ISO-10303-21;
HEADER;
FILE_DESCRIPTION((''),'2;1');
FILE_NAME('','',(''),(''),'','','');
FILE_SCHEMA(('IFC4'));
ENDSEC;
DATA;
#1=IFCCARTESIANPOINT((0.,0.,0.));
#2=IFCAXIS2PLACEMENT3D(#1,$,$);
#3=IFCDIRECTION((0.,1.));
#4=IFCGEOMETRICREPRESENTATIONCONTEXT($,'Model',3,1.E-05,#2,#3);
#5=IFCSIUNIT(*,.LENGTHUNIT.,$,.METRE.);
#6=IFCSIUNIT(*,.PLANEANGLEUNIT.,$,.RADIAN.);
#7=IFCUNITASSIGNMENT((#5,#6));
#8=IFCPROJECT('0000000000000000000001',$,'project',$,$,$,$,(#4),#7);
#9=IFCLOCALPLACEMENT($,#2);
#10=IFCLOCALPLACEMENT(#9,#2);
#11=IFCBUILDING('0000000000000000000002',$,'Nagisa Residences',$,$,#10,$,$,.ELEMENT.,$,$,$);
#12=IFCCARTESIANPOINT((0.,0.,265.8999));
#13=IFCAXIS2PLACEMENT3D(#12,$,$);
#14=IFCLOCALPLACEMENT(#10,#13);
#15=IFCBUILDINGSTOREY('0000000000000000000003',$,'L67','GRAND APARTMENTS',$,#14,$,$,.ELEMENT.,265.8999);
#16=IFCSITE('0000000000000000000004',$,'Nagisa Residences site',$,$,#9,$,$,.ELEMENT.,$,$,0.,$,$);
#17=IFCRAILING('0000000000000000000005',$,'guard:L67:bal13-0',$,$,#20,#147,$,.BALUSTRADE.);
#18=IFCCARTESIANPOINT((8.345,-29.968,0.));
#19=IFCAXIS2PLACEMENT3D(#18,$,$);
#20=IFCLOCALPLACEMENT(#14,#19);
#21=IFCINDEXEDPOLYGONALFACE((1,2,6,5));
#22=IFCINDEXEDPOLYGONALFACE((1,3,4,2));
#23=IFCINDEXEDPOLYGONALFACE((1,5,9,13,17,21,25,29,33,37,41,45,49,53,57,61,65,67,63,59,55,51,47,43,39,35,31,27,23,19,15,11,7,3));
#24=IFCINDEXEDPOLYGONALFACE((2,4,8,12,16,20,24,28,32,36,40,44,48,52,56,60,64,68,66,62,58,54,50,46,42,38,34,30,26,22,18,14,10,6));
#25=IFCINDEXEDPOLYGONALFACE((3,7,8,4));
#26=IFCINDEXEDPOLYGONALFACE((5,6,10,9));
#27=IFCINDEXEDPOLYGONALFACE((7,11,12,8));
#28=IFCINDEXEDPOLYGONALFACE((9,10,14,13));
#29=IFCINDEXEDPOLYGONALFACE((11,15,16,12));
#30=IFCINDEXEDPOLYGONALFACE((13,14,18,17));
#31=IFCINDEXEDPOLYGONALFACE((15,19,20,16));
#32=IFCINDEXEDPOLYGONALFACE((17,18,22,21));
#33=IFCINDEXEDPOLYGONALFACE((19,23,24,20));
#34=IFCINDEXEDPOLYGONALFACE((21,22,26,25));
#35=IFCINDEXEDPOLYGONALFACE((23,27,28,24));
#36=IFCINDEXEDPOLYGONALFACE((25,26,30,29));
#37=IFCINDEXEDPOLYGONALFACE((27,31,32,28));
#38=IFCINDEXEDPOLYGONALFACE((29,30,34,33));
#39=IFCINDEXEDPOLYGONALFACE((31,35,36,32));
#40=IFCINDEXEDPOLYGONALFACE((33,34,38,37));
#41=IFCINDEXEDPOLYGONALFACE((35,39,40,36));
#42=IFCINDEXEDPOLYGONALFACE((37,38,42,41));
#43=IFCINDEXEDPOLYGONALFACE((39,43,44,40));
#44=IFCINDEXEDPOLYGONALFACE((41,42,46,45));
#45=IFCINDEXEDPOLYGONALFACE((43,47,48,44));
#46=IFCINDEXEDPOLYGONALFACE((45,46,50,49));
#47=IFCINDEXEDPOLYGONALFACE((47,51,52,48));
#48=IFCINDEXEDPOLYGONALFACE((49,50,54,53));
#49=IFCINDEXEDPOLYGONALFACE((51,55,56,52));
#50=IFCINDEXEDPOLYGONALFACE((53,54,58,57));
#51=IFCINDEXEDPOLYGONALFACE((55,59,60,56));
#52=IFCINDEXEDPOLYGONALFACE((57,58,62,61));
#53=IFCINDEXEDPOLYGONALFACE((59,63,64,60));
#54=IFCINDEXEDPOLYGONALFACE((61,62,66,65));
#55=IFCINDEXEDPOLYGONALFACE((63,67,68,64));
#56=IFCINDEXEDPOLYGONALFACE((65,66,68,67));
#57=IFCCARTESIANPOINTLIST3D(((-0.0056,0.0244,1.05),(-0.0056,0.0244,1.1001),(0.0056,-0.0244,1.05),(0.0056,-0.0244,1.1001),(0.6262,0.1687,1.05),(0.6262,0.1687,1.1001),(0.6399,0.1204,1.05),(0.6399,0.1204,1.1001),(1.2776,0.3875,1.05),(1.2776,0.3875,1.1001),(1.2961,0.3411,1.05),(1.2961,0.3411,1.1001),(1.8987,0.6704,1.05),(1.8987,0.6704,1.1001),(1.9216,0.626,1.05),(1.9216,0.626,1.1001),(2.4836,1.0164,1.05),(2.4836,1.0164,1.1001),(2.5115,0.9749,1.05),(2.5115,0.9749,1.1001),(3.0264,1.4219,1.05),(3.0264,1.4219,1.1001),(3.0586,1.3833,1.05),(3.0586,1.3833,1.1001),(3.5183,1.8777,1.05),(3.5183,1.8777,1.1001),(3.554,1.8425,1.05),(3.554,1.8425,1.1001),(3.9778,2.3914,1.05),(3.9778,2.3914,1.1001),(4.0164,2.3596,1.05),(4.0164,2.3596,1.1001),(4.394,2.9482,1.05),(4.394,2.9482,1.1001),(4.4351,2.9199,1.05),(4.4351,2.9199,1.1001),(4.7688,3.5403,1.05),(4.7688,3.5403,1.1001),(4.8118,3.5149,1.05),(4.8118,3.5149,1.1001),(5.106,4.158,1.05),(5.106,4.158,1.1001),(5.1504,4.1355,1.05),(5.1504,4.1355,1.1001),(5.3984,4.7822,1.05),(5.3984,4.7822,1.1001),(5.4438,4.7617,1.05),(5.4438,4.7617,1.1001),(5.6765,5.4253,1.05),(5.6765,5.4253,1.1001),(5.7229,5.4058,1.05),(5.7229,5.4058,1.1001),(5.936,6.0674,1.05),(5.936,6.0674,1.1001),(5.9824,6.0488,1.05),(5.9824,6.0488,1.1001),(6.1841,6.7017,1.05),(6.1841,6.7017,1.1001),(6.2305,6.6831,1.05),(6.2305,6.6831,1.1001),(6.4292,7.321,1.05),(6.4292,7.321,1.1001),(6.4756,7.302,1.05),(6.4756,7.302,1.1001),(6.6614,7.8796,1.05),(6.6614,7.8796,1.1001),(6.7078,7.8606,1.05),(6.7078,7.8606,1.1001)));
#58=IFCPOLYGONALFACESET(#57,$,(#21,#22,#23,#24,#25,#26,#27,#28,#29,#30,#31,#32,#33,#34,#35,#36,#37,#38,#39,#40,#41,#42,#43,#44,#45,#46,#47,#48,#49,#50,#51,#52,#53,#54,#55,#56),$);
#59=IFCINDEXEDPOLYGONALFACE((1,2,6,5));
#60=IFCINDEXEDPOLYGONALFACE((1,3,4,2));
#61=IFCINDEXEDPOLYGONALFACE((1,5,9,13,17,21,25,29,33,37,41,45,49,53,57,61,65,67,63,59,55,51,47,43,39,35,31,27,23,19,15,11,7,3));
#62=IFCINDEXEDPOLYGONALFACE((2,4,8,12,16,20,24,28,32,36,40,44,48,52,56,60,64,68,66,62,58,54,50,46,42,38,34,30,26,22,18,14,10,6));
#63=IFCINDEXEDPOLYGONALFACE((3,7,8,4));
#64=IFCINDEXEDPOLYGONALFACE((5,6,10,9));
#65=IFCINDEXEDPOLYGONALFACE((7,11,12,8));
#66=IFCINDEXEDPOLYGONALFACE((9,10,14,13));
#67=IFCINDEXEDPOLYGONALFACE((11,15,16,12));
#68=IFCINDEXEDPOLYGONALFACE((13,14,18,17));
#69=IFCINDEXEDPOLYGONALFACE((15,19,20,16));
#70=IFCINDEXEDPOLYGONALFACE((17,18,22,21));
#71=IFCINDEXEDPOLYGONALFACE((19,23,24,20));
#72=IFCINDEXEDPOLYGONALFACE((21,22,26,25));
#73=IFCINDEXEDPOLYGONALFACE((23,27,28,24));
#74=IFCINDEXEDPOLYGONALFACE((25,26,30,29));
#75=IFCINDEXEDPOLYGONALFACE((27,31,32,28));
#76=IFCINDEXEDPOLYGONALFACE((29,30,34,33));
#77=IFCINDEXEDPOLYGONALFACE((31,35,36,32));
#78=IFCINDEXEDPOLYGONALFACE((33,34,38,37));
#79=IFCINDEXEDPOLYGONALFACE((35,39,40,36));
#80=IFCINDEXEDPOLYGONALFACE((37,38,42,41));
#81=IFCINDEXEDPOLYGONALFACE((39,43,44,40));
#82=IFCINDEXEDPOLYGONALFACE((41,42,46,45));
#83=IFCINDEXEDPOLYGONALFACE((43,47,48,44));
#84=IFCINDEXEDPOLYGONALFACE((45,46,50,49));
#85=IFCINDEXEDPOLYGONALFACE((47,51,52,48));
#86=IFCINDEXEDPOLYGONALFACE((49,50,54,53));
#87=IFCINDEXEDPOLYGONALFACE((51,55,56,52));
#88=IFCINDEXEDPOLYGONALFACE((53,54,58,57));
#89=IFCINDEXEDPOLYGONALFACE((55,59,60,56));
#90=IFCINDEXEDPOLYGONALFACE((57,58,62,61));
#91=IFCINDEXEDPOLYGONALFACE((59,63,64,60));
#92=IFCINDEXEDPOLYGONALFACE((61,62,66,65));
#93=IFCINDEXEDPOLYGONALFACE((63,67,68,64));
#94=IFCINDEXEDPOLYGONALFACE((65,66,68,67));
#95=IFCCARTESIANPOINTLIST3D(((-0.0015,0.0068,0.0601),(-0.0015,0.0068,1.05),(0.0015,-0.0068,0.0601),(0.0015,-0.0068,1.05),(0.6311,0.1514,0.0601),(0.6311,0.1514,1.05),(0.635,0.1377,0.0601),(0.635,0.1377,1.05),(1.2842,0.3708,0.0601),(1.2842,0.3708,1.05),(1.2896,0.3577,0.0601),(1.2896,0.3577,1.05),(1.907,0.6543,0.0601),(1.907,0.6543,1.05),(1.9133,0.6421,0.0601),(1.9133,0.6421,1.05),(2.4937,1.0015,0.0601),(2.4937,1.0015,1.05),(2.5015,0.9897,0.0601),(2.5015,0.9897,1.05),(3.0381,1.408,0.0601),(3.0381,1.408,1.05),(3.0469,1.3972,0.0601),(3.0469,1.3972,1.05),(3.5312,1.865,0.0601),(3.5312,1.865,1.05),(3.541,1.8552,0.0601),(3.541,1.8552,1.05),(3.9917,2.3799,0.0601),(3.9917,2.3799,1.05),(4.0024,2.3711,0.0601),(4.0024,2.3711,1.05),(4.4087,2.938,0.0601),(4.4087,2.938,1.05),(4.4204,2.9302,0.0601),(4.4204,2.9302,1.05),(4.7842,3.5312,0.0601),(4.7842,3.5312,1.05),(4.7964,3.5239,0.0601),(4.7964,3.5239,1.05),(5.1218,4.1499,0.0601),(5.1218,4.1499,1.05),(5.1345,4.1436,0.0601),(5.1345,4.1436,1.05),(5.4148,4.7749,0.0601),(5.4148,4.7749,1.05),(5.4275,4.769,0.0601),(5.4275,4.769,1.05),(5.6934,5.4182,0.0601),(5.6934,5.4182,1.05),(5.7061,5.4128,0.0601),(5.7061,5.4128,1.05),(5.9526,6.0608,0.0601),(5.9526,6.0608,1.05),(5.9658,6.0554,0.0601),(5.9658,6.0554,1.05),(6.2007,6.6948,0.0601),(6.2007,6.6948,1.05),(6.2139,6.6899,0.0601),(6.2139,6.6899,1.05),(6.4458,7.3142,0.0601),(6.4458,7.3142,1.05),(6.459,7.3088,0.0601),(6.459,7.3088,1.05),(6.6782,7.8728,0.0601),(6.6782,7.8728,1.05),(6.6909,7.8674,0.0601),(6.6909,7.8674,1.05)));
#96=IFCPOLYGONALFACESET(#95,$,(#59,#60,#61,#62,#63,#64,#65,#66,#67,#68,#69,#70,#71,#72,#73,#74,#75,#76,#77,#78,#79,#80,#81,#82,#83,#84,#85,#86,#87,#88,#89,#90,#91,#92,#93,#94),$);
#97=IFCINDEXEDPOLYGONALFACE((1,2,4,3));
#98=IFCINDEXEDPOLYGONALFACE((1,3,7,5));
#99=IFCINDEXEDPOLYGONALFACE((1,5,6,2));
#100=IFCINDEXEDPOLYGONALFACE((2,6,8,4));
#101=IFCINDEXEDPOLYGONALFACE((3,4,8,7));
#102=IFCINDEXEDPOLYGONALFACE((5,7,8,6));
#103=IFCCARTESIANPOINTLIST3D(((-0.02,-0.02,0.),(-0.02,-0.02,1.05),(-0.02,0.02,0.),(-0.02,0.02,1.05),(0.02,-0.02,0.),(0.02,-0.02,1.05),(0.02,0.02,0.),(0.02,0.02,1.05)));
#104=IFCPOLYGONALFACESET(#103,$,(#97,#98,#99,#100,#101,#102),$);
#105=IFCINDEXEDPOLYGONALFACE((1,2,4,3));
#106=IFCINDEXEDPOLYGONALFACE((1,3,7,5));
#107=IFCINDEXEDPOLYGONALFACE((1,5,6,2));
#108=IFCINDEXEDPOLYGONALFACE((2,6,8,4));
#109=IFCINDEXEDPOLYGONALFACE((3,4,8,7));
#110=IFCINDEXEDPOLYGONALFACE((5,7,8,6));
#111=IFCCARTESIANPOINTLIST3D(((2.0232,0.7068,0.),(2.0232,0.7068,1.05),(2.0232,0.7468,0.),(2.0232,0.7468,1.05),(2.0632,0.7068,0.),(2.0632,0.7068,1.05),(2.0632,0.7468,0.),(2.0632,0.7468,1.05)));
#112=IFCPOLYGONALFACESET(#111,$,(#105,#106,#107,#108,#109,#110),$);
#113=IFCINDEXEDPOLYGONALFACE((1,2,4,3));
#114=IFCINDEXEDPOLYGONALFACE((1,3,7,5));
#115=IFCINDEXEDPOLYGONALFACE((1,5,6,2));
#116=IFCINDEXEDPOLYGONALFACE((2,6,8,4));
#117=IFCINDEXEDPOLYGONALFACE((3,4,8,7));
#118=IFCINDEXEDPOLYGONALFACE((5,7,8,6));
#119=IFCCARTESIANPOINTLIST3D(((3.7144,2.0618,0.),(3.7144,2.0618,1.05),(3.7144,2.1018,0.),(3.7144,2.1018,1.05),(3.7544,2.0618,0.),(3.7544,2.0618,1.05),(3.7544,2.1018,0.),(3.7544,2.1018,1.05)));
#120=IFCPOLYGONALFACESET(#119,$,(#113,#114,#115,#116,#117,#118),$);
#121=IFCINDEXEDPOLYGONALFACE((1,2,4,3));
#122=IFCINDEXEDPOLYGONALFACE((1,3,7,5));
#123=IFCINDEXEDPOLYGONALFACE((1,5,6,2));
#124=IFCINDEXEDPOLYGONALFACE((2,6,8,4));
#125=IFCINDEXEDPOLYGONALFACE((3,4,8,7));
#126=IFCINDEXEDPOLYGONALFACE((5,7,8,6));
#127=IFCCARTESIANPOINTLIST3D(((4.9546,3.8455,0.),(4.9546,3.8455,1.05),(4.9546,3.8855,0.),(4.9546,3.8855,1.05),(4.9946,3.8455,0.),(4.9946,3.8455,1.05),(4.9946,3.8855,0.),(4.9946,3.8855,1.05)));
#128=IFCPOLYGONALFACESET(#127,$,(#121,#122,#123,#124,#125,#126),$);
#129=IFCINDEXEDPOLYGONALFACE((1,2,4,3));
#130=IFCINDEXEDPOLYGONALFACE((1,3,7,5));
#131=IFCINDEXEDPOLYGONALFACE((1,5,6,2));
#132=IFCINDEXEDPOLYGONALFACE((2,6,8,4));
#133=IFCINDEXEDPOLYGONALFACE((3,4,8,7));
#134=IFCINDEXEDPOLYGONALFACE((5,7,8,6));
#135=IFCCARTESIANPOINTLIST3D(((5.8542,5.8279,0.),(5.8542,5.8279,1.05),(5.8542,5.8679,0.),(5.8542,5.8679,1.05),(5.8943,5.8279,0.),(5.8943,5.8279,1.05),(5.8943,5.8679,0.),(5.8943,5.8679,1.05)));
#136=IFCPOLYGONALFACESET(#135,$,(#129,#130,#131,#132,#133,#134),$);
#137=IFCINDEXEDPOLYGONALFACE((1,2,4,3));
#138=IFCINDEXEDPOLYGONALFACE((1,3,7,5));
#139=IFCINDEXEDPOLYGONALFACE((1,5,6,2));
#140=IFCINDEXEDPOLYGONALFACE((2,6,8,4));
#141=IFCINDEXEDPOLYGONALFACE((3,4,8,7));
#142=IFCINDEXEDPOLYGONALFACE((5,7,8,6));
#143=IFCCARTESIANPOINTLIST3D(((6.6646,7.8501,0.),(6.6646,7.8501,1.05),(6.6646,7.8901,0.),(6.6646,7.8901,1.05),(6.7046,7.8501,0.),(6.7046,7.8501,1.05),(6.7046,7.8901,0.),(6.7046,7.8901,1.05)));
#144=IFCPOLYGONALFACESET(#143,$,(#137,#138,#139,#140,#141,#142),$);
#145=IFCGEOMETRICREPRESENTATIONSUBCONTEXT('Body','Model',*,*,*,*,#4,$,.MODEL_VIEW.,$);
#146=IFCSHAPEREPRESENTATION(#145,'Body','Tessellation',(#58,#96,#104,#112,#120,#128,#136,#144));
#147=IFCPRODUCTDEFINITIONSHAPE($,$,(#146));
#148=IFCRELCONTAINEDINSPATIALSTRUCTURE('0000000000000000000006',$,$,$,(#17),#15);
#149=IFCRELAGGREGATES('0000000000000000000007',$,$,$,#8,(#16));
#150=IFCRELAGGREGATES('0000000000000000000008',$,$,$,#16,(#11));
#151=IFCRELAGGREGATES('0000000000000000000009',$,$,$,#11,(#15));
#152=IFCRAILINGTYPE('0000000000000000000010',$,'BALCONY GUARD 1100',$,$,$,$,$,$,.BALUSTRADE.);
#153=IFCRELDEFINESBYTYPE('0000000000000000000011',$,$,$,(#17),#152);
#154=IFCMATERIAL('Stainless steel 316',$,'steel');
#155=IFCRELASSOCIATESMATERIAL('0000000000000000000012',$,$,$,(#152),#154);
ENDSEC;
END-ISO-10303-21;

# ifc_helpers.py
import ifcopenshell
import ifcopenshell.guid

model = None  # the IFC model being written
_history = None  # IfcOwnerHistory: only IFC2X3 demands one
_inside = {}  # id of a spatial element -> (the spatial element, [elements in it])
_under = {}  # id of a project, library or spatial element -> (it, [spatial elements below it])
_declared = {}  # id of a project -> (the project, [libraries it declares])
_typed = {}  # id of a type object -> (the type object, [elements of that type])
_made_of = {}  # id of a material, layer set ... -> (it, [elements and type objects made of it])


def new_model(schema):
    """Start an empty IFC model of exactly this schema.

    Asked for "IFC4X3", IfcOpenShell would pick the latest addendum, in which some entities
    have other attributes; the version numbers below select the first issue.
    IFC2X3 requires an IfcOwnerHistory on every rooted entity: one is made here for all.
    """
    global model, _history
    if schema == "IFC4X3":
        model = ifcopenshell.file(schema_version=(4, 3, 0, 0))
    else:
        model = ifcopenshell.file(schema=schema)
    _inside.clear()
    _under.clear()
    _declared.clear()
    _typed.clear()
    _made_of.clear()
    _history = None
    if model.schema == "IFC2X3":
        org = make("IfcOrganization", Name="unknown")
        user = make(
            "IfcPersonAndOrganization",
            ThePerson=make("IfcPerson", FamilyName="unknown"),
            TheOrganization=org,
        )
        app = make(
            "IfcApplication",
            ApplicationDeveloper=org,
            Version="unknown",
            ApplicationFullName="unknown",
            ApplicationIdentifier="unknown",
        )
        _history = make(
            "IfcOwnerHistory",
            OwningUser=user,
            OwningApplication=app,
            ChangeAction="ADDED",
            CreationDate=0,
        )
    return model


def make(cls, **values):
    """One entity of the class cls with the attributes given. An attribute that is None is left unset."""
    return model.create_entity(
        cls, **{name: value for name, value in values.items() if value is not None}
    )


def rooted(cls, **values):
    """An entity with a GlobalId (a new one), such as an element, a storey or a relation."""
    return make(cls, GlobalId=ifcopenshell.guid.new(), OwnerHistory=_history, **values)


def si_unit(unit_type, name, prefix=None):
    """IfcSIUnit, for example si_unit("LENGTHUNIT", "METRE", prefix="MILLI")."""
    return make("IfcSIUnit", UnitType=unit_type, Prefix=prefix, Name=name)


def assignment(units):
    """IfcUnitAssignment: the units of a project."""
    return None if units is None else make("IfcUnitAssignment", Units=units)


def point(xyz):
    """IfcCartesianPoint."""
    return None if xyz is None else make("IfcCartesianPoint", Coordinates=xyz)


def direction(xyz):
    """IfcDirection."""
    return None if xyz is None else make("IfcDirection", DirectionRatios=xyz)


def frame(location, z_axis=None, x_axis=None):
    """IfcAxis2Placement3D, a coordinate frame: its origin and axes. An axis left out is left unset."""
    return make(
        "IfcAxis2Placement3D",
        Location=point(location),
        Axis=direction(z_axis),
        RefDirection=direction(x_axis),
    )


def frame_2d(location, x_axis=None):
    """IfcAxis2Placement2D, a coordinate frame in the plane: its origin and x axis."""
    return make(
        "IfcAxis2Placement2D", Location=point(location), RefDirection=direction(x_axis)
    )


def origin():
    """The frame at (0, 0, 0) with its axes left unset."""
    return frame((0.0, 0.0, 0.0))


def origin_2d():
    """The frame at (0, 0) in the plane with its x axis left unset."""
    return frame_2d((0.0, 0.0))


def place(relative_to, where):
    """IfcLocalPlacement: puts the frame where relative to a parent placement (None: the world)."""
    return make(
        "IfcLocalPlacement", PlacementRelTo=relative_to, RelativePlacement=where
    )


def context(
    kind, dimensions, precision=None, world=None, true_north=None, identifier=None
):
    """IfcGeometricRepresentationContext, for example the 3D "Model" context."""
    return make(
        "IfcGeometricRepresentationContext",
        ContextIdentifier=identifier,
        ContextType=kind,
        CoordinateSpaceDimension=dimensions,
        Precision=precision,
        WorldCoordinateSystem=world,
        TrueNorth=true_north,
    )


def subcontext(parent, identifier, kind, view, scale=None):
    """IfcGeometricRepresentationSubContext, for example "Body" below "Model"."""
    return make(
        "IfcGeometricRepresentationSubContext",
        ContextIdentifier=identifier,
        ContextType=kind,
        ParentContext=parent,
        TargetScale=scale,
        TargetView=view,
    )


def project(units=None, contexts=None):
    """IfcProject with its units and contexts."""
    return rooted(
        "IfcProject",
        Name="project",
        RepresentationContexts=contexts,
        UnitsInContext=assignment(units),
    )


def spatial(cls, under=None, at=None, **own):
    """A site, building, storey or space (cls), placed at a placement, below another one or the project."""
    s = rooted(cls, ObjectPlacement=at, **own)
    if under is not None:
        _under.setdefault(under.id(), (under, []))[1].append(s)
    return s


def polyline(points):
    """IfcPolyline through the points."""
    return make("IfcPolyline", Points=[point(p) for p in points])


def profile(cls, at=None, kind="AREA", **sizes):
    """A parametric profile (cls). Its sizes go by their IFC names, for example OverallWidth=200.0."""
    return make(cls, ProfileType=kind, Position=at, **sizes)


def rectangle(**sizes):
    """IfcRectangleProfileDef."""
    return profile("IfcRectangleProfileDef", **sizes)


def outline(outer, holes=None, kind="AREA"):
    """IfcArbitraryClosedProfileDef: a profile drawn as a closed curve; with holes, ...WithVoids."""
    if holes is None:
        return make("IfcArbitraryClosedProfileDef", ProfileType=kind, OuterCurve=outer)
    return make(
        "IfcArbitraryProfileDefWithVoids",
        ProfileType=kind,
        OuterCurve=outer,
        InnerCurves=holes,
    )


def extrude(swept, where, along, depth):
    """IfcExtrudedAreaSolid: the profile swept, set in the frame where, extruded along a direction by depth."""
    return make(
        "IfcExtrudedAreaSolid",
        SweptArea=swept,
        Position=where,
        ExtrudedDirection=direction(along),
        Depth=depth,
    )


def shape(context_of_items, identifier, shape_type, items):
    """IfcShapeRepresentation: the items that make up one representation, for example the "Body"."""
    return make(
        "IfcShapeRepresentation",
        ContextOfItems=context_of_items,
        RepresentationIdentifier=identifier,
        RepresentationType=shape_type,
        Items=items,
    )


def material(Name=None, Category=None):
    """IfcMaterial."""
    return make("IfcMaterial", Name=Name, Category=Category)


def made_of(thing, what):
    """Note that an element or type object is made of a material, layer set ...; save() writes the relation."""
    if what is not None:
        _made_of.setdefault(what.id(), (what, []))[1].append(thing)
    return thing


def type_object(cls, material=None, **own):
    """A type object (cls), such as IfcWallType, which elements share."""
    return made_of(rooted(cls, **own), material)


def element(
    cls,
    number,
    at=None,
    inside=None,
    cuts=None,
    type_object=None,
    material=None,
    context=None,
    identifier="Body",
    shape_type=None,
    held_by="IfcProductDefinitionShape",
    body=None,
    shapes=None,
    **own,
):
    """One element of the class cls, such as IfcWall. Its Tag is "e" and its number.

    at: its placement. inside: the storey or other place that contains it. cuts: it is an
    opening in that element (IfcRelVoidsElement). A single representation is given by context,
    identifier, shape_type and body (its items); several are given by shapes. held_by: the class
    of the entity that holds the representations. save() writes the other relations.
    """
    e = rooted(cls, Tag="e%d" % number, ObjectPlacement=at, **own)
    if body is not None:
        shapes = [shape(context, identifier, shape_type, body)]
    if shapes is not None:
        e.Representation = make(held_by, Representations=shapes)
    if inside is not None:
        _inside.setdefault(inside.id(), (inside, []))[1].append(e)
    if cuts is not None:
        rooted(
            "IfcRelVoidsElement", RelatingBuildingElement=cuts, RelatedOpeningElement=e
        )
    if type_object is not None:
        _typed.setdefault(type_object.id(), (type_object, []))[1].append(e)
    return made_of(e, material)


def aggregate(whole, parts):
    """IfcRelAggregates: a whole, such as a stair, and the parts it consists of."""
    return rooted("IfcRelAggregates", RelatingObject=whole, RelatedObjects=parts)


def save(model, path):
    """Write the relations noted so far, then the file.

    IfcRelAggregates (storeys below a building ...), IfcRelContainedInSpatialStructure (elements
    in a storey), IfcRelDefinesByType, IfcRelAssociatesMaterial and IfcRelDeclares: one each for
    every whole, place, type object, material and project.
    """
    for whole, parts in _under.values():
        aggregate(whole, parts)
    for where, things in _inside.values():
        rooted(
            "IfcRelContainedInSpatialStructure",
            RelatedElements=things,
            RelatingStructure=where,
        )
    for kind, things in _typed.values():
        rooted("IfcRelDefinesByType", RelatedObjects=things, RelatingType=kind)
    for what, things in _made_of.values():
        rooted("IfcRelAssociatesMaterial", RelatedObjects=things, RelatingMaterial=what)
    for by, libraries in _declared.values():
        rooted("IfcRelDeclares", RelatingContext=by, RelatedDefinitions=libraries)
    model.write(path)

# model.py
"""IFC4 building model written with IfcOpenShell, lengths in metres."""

from ifc_helpers import new_model, si_unit, direction, frame, origin, origin_2d, place, context, subcontext, project, spatial, polyline, rectangle, outline, extrude, material, type_object, element, save


model = new_model("IFC4")

# Units and contexts
model_context = context("Model", 3, precision=1e-05, world=origin(), true_north=direction((0.0, 1.0)))
body_context = subcontext(model_context, "Body", "Model", "MODEL_VIEW")
ifc_project = project(units=[si_unit("LENGTHUNIT", "METRE"), si_unit("PLANEANGLEUNIT", "RADIAN")], contexts=[model_context])

# Site, building, storey
site_placement = place(None, origin())
site = spatial("IfcSite", under=ifc_project, at=site_placement, Name="Nagisa Residences site", CompositionType="ELEMENT", RefElevation=0.0)
building_placement = place(site_placement, origin())
building = spatial("IfcBuilding", under=site, at=building_placement, Name="Nagisa Residences", CompositionType="ELEMENT")
storey_placement = place(building_placement, frame((0.0, 0.0, 265.8999)))
storey = spatial("IfcBuildingStorey", under=building, at=storey_placement, Name="L67", Description="GRAND APARTMENTS", CompositionType="ELEMENT", Elevation=265.8999)

# Railing
ifc_material_1 = material(Name="Stainless steel 316", Category="steel")
railing_type = type_object("IfcRailingType", Name="BALCONY GUARD 1100", PredefinedType="BALUSTRADE", material=ifc_material_1)
railing_placement = place(storey_placement, frame((8.345, -29.968, 0.0)))
element("IfcRailing", 1, at=railing_placement, inside=storey, type_object=railing_type, Name="guard:L67:bal13-0", PredefinedType="BALUSTRADE", context=body_context, shape_type="SweptSolid", body=[
    extrude(outline(polyline([(0.6262, 0.1687), (-0.0056, 0.0244), (0.0056, -0.0244), (0.6399, 0.1204), (1.2961, 0.3411), (1.9216, 0.626), (2.5115, 0.9749), (3.0586, 1.3833), (3.554, 1.8425), (4.0164, 2.3596), (4.4351, 2.9199), (4.8118, 3.5149), (5.1504, 4.1355), (5.4438, 4.7617), (5.7229, 5.4058), (5.9824, 6.0488), (6.2305, 6.6831), (6.4756, 7.302), (6.7078, 7.8606), (6.6614, 7.8796), (6.4292, 7.321), (6.1841, 6.7017), (5.936, 6.0674), (5.6765, 5.4253), (5.3984, 4.7822), (5.106, 4.158), (4.7688, 3.5403), (4.394, 2.9482), (3.9778, 2.3914), (3.5183, 1.8777), (3.0264, 1.4219), (2.4836, 1.0164), (1.8987, 0.6704), (1.2776, 0.3875), (0.6262, 0.1687)])), frame((0.0, 0.0, 1.05)), (0.0, 0.0, 1.0), 0.05),
    extrude(outline(polyline([(0.6311, 0.1514), (-0.0015, 0.0068), (0.0015, -0.0068), (0.635, 0.1377), (1.2896, 0.3577), (1.9133, 0.6421), (2.5015, 0.9897), (3.0469, 1.3972), (3.541, 1.8552), (4.0024, 2.3711), (4.4204, 2.9302), (4.7964, 3.5239), (5.1345, 4.1436), (5.4275, 4.769), (5.7061, 5.4128), (5.9658, 6.0554), (6.2139, 6.6899), (6.459, 7.3088), (6.6909, 7.8674), (6.6782, 7.8728), (6.4458, 7.3142), (6.2007, 6.6948), (5.9526, 6.0608), (5.6934, 5.4182), (5.4148, 4.7749), (5.1218, 4.1499), (4.7842, 3.5312), (4.4087, 2.938), (3.9917, 2.3799), (3.5312, 1.865), (3.0381, 1.408), (2.4937, 1.0015), (1.907, 0.6543), (1.2842, 0.3708), (0.6311, 0.1514)])), frame((0.0, 0.0, 0.0601)), (0.0, 0.0, 1.0), 0.99),
    extrude(rectangle(XDim=0.04, YDim=0.04, at=origin_2d()), origin(), (0.0, 0.0, 1.0), 1.05),
    extrude(rectangle(XDim=0.04, YDim=0.04, at=origin_2d()), frame((2.0432, 0.7268, 0.0)), (0.0, 0.0, 1.0), 1.05),
    extrude(rectangle(XDim=0.04, YDim=0.04, at=origin_2d()), frame((3.7344, 2.0818, 0.0)), (0.0, 0.0, 1.0), 1.05),
    extrude(rectangle(XDim=0.04, YDim=0.04, at=origin_2d()), frame((4.9746, 3.8655, 0.0)), (0.0, 0.0, 1.0), 1.05),
    extrude(rectangle(XDim=0.04, YDim=0.04, at=origin_2d()), frame((5.8743, 5.8479, 0.0)), (0.0, 0.0, 1.0), 1.05),
    extrude(rectangle(XDim=0.04, YDim=0.04, at=origin_2d()), frame((6.6846, 7.8701, 0.0)), (0.0, 0.0, 1.0), 1.05),
])

save(model, "model.ifc")
